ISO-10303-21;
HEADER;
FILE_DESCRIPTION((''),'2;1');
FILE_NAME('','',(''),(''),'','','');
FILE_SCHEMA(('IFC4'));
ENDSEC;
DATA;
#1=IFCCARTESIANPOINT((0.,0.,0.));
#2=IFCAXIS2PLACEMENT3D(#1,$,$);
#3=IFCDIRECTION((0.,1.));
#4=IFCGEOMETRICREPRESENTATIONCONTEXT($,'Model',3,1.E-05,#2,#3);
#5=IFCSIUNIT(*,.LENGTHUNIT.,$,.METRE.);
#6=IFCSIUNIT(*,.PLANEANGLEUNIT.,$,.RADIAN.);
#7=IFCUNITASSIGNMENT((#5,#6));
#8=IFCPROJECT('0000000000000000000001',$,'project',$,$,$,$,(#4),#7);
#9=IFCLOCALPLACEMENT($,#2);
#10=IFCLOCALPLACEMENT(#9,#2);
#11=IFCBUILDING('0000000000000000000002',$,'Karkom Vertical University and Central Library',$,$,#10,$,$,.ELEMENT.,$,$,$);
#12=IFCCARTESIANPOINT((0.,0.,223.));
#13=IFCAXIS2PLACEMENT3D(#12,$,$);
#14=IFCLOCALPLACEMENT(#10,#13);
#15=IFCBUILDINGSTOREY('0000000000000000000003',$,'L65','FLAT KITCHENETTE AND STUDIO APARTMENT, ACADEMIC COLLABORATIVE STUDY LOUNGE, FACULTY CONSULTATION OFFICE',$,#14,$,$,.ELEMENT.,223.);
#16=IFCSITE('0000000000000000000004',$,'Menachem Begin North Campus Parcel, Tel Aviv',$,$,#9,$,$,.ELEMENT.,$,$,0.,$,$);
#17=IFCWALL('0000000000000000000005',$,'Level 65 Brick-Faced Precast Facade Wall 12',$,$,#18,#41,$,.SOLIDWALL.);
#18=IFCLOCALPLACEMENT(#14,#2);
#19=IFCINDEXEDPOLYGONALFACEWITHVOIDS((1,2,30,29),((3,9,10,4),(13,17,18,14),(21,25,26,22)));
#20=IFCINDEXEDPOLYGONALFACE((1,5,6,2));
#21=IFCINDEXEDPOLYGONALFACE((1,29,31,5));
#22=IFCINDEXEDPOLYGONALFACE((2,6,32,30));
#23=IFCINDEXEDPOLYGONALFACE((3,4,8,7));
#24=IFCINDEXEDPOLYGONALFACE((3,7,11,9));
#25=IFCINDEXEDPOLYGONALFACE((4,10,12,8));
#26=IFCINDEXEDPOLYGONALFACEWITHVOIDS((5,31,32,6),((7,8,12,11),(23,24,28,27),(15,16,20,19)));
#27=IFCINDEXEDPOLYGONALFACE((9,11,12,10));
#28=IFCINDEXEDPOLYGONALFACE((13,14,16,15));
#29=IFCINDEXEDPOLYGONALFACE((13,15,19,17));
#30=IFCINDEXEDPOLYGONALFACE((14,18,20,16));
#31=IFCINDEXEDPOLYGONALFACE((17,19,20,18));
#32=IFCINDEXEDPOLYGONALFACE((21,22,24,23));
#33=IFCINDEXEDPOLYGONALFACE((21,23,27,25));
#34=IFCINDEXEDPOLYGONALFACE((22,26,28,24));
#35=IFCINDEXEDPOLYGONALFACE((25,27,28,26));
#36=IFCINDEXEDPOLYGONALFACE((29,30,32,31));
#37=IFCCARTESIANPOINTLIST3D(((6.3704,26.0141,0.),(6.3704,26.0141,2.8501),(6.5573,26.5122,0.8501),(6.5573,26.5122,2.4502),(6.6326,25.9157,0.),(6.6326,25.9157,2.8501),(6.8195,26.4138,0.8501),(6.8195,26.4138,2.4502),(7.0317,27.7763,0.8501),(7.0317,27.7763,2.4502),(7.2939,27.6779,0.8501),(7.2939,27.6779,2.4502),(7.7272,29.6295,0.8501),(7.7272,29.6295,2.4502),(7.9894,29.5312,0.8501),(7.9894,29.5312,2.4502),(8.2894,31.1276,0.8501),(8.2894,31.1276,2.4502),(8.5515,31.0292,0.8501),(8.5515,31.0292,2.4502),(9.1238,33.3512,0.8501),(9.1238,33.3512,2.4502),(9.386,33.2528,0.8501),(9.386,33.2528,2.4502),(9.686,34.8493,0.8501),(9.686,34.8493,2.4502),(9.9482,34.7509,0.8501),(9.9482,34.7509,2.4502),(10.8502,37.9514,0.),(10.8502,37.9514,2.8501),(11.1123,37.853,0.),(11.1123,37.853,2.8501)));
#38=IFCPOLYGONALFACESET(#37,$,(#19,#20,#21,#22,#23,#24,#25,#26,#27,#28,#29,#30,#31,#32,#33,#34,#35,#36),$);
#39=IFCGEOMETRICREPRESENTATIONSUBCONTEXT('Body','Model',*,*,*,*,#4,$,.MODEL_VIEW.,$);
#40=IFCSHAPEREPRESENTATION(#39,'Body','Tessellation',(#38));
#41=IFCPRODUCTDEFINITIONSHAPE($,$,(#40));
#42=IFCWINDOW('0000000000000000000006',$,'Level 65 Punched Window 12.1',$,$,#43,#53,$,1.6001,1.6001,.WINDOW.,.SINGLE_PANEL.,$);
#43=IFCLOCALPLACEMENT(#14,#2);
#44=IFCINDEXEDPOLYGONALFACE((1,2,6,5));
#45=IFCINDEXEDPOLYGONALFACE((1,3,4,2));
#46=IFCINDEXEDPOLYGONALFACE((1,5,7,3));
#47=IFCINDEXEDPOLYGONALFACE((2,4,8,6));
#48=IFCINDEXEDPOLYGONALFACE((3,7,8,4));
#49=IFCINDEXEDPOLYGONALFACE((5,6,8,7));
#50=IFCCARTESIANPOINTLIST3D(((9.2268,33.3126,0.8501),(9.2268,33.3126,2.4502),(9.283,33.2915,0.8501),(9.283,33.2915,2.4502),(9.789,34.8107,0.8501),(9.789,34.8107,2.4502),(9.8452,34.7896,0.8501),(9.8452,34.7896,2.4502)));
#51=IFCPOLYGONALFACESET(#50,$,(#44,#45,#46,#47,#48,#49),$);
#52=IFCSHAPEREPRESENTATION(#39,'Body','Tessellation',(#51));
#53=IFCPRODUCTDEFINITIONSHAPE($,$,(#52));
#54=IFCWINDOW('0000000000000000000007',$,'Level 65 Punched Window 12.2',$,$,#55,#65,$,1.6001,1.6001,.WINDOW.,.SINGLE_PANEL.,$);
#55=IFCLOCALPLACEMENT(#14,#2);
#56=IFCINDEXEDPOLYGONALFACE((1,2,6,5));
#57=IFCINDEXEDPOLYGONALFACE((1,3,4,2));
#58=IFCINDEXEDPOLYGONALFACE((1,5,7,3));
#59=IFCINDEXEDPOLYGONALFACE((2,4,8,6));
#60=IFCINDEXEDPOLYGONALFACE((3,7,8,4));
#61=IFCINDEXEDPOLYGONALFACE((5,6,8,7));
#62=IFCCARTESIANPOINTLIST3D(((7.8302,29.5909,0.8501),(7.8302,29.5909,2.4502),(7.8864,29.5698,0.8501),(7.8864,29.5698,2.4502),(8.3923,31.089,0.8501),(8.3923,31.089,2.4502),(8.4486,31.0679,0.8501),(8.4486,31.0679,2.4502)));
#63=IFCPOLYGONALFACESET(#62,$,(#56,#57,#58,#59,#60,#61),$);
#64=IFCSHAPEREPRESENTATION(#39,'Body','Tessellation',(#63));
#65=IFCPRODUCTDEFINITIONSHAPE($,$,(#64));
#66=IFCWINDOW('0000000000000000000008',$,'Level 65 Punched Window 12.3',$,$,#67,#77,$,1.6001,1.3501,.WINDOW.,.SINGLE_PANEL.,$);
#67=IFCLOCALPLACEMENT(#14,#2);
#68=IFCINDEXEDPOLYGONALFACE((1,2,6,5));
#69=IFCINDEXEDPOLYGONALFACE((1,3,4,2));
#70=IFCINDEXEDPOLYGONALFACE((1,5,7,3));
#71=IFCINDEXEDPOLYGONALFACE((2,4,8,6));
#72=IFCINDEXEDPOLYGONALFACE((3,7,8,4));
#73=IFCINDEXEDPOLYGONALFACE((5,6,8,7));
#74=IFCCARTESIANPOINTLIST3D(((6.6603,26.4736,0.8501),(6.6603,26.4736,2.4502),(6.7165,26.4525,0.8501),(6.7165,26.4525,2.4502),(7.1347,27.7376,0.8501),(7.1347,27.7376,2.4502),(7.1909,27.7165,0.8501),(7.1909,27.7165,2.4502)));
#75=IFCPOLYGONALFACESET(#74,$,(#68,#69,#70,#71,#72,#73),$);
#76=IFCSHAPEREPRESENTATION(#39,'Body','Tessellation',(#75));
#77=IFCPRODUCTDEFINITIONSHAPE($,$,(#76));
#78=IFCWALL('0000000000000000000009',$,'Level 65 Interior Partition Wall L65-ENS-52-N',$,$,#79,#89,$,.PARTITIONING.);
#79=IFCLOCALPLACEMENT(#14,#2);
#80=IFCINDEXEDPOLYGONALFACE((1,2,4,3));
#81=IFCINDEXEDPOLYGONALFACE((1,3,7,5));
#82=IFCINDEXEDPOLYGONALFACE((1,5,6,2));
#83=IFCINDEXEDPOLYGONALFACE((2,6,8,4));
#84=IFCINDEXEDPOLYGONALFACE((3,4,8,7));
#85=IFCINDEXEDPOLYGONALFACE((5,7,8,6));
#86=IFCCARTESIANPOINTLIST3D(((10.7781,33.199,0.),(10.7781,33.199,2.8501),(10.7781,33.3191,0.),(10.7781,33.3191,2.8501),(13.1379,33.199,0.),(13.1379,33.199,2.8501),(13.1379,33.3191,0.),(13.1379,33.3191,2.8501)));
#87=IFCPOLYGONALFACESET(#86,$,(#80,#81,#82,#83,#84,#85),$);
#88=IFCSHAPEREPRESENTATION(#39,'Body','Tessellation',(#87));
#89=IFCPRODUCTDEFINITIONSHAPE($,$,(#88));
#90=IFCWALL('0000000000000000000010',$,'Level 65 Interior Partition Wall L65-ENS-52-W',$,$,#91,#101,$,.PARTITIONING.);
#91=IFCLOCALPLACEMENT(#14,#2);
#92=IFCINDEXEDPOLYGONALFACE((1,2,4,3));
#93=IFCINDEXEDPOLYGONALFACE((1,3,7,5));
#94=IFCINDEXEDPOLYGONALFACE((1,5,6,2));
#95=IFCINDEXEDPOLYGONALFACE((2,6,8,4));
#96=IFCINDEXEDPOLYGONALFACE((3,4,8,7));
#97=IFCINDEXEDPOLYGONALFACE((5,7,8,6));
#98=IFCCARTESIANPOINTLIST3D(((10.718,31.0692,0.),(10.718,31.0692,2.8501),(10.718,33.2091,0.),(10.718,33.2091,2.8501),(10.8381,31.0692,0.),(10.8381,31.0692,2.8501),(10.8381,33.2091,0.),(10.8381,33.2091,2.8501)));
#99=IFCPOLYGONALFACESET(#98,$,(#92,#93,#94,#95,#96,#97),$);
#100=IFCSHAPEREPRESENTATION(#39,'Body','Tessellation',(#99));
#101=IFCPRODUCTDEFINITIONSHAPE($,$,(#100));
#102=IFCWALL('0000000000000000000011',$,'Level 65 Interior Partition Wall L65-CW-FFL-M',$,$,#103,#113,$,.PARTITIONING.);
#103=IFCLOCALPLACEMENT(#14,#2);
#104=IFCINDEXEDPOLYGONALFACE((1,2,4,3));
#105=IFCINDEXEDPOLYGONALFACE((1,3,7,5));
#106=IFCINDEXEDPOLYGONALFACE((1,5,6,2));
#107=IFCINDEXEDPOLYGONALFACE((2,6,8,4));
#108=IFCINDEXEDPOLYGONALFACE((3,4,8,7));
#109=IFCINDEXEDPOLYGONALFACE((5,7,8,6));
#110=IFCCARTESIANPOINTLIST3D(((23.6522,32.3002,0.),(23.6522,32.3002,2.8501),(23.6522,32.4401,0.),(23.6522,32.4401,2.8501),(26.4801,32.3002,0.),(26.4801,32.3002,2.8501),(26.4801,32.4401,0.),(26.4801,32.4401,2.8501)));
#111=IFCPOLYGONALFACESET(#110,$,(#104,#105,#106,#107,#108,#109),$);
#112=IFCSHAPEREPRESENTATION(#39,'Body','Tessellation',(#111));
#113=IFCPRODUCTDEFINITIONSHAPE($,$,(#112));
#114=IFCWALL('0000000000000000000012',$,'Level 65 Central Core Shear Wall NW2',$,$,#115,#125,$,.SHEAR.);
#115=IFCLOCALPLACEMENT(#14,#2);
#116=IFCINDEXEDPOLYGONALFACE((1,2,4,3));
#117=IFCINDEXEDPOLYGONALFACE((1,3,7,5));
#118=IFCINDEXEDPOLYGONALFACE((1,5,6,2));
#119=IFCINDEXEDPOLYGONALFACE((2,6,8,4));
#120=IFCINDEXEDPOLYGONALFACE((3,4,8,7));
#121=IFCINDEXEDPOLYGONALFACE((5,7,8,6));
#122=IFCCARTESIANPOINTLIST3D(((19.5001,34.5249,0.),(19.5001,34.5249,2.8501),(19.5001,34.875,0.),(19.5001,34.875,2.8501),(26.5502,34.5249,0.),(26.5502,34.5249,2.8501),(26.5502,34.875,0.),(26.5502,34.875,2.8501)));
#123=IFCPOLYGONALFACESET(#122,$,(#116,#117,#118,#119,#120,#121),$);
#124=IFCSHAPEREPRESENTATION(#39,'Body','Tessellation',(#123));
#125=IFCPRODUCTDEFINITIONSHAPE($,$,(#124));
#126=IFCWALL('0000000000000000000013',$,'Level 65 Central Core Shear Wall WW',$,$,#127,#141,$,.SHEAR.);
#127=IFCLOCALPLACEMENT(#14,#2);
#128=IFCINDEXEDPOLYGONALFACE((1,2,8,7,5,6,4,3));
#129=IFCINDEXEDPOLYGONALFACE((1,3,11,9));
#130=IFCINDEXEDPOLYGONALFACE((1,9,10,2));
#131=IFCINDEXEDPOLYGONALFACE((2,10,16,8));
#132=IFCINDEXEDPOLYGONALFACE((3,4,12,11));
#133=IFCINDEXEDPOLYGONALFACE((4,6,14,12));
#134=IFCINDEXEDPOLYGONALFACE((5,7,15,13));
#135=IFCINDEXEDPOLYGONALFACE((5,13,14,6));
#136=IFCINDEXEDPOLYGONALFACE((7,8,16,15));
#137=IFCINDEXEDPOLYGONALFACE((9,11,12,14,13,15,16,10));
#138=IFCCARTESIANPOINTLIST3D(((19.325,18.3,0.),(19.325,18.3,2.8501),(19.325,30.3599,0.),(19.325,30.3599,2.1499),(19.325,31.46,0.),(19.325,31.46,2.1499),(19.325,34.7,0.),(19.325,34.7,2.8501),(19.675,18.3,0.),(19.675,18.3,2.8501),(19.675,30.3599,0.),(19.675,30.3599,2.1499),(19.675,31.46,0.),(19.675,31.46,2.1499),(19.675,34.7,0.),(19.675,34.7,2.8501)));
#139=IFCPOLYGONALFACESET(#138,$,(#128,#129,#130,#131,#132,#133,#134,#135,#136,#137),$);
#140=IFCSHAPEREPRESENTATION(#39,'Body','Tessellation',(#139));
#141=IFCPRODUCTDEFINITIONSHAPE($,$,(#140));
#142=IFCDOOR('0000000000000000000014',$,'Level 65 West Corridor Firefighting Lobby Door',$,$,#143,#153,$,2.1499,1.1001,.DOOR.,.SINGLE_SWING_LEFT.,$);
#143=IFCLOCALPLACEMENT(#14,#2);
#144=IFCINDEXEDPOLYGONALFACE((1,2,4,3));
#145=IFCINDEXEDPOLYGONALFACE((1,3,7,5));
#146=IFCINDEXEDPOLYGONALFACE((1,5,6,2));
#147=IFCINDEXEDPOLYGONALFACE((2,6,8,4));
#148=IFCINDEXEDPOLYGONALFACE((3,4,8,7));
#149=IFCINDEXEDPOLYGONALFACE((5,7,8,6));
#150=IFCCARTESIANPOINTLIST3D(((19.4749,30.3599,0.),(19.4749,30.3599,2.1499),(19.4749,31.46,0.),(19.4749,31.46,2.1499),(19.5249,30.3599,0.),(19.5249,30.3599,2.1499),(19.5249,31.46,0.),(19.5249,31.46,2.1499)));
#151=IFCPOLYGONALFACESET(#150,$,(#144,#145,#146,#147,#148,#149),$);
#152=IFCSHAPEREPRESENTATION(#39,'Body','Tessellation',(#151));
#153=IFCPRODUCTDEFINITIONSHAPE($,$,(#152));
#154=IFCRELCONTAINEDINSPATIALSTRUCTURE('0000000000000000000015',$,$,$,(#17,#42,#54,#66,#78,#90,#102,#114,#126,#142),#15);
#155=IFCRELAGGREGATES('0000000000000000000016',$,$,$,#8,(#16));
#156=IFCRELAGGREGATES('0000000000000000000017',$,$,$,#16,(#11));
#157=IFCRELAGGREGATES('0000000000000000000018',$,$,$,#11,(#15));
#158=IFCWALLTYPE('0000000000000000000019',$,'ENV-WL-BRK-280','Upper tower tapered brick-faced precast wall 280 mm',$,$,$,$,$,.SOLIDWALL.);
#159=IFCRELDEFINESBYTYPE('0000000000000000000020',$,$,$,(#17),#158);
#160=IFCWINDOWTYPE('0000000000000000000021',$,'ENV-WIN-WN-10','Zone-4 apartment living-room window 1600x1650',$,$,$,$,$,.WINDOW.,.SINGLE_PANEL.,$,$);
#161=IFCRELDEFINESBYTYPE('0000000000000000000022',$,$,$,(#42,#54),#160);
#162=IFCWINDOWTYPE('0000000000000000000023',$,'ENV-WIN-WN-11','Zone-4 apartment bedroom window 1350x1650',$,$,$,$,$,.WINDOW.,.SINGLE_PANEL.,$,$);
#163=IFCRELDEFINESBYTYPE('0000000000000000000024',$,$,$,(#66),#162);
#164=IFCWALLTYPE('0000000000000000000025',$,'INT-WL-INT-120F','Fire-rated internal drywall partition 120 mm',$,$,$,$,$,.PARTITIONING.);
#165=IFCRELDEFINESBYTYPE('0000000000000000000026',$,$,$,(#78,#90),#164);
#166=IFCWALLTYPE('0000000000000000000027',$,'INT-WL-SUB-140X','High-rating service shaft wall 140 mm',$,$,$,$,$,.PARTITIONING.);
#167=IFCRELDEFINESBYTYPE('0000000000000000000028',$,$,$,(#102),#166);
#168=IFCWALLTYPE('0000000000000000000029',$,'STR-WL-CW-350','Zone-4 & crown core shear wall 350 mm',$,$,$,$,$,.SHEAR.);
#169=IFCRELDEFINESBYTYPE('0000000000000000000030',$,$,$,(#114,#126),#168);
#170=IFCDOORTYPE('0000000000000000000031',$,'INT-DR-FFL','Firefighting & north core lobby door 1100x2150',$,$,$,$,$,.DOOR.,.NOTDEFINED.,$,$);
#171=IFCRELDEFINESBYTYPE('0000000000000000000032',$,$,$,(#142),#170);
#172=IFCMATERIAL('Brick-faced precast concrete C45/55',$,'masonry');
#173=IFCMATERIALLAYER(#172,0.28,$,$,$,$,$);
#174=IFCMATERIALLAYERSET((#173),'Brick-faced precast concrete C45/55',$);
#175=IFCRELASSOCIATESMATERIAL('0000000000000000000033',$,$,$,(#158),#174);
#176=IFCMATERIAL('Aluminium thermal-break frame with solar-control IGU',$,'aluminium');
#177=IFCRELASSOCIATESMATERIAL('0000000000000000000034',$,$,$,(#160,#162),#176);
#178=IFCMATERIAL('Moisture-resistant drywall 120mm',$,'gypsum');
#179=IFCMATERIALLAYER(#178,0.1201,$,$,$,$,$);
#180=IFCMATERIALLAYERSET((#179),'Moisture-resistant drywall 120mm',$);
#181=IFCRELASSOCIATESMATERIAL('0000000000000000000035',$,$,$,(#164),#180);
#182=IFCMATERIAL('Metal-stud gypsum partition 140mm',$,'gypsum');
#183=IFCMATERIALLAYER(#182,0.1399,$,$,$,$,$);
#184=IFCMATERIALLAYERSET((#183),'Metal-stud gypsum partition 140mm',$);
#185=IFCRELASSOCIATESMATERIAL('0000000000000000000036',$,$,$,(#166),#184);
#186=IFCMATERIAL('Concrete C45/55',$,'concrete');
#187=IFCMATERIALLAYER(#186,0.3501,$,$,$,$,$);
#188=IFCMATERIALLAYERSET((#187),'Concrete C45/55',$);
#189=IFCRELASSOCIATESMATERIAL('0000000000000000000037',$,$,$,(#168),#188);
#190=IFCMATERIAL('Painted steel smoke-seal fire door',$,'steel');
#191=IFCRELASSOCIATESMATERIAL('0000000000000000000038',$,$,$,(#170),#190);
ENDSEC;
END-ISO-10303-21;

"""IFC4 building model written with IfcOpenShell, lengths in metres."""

from ifc_helpers import new_model, si_unit, direction, frame, frame_2d, origin, origin_with_axes, place, context, subcontext, project, spatial, rectangle, extrude, source, transform, mapped, material, layer, layer_set, type_object, element, fill, save


model = new_model("IFC4")

# Units and contexts
model_context = context("Model", 3, precision=1e-05, world=origin(), true_north=direction((0.0, 1.0)))
body_context = subcontext(model_context, "Body", "Model", "MODEL_VIEW")
ifc_project = project(units=[si_unit("LENGTHUNIT", "METRE"), si_unit("PLANEANGLEUNIT", "RADIAN")], contexts=[model_context])

# Site, building, storey
site_placement = place(None, origin())
site = spatial("IfcSite", under=ifc_project, at=site_placement, Name="Menachem Begin North Campus Parcel, Tel Aviv", CompositionType="ELEMENT", RefElevation=0.0)
building_placement = place(site_placement, origin())
building = spatial("IfcBuilding", under=site, at=building_placement, Name="Karkom Vertical University and Central Library", CompositionType="ELEMENT")
storey_placement = place(building_placement, frame((0.0, 0.0, 223.0)))
storey = spatial("IfcBuildingStorey", under=building, at=storey_placement, Name="L65", Description="FLAT KITCHENETTE AND STUDIO APARTMENT, ACADEMIC COLLABORATIVE STUDY LOUNGE, FACULTY CONSULTATION OFFICE", CompositionType="ELEMENT", Elevation=223.0)

# Shared definitions
ifc_material_1 = material(Name="Concrete C45/55", Category="concrete")

# Wall, openings, windows
ifc_material_2 = material(Name="Brick-faced precast concrete C45/55", Category="masonry")
ifc_layer_1 = layer(ifc_material_2, 0.28)
ifc_layer_set_1 = layer_set([ifc_layer_1], Name="Brick-faced precast concrete C45/55")
wall_type_1 = type_object("IfcWallType", Name="ENV-WL-BRK-280", Description="Upper tower tapered brick-faced precast wall 280 mm", PredefinedType="SOLIDWALL", material=ifc_layer_set_1)
ifc_material_3 = material(Name="Aluminium thermal-break frame with solar-control IGU", Category="aluminium")
window_type_1 = type_object("IfcWindowType", Name="ENV-WIN-WN-10", Description="Zone-4 apartment living-room window 1600x1650", PartitioningType="SINGLE_PANEL", PredefinedType="WINDOW", material=ifc_material_3)
shared_shape_1 = source(origin_with_axes(), body_context, "Body", "SweptSolid", [
    extrude(rectangle(XDim=1.6001, YDim=1.6001, at=frame_2d((0.8, 0.8))), frame((0.0, 0.03, 0.0), z_axis=(0.0, -1.0, 0.0), x_axis=(1.0, 0.0, 0.0)), (0.0, 0.0, 1.0), 0.0601),
])
wall_1_placement = place(storey_placement, frame((10.9812, 37.9021, 0.0), z_axis=(0.0, 0.0, 1.0), x_axis=(-0.351348, -0.936245, 0.0)))
wall_1 = element("IfcWall", 1, at=wall_1_placement, inside=storey, type_object=wall_type_1, Name="Level 65 Brick-Faced Precast Facade Wall 12", PredefinedType="SOLIDWALL", context=body_context, shape_type="SweptSolid", body=[
    extrude(rectangle(XDim=12.7502, YDim=0.28, at=frame_2d((6.375, 0.0))), origin(), (0.0, 0.0, 1.0), 2.8501),
])
opening_1_placement = place(wall_1_placement, frame((3.3132, 0.0, 0.8501)))
opening_1 = element("IfcOpeningElement", 2, at=opening_1_placement, cuts=wall_1, PredefinedType="OPENING", context=body_context, shape_type="SweptSolid", body=[
    extrude(rectangle(XDim=1.6001, YDim=1.6001, at=frame_2d((0.8, 0.8))), frame((0.0, 0.1499, 0.0), z_axis=(0.0, -1.0, 0.0), x_axis=(1.0, 0.0, 0.0)), (0.0, 0.0, 1.0), 0.3),
])
opening_2_placement = place(wall_1_placement, frame((7.2883, 0.0, 0.8501)))
opening_2 = element("IfcOpeningElement", 3, at=opening_2_placement, cuts=wall_1, PredefinedType="OPENING", context=body_context, shape_type="SweptSolid", body=[
    extrude(rectangle(XDim=1.6001, YDim=1.6001, at=frame_2d((0.8, 0.8))), frame((0.0, 0.1499, 0.0), z_axis=(0.0, -1.0, 0.0), x_axis=(1.0, 0.0, 0.0)), (0.0, 0.0, 1.0), 0.3),
])
opening_3_placement = place(wall_1_placement, frame((10.8679, 0.0, 0.8501)))
opening_3 = element("IfcOpeningElement", 4, at=opening_3_placement, cuts=wall_1, PredefinedType="OPENING", context=body_context, shape_type="SweptSolid", body=[
    extrude(rectangle(XDim=1.3501, YDim=1.6001, at=frame_2d((0.675, 0.8))), frame((0.0, 0.1499, 0.0), z_axis=(0.0, -1.0, 0.0), x_axis=(1.0, 0.0, 0.0)), (0.0, 0.0, 1.0), 0.3),
])
window_1_placement = place(opening_1_placement, origin())
window_1 = element("IfcWindow", 5, at=window_1_placement, inside=storey, type_object=window_type_1, Name="Level 65 Punched Window 12.1", OverallHeight=1.6001, OverallWidth=1.6001, PartitioningType="SINGLE_PANEL", PredefinedType="WINDOW", context=body_context, shape_type="MappedRepresentation", body=[
    mapped(shared_shape_1, transform((0.0, 0.0, 0.0), scale=1.0)),
])
fill(opening_1, window_1)
window_2_placement = place(opening_2_placement, origin())
window_2 = element("IfcWindow", 6, at=window_2_placement, inside=storey, type_object=window_type_1, Name="Level 65 Punched Window 12.2", OverallHeight=1.6001, OverallWidth=1.6001, PartitioningType="SINGLE_PANEL", PredefinedType="WINDOW", context=body_context, shape_type="MappedRepresentation", body=[
    mapped(shared_shape_1, transform((0.0, 0.0, 0.0), scale=1.0)),
])
fill(opening_2, window_2)
window_type_2 = type_object("IfcWindowType", Name="ENV-WIN-WN-11", Description="Zone-4 apartment bedroom window 1350x1650", PartitioningType="SINGLE_PANEL", PredefinedType="WINDOW", material=ifc_material_3)
shared_shape_2 = source(origin_with_axes(), body_context, "Body", "SweptSolid", [
    extrude(rectangle(XDim=1.3501, YDim=1.6001, at=frame_2d((0.675, 0.8))), frame((0.0, 0.03, 0.0), z_axis=(0.0, -1.0, 0.0), x_axis=(1.0, 0.0, 0.0)), (0.0, 0.0, 1.0), 0.0601),
])
window_3_placement = place(opening_3_placement, origin())
window_3 = element("IfcWindow", 7, at=window_3_placement, inside=storey, type_object=window_type_2, Name="Level 65 Punched Window 12.3", OverallHeight=1.6001, OverallWidth=1.3501, PartitioningType="SINGLE_PANEL", PredefinedType="WINDOW", context=body_context, shape_type="MappedRepresentation", body=[
    mapped(shared_shape_2, transform((0.0, 0.0, 0.0), scale=1.0)),
])
fill(opening_3, window_3)

# Walls
ifc_material_4 = material(Name="Moisture-resistant drywall 120mm", Category="gypsum")
ifc_layer_2 = layer(ifc_material_4, 0.1201)
ifc_layer_set_2 = layer_set([ifc_layer_2], Name="Moisture-resistant drywall 120mm")
wall_type_2 = type_object("IfcWallType", Name="INT-WL-INT-120F", Description="Fire-rated internal drywall partition 120 mm", PredefinedType="PARTITIONING", material=ifc_layer_set_2)
wall_2_placement = place(storey_placement, frame((13.1379, 33.259, 0.0), z_axis=(0.0, 0.0, 1.0), x_axis=(-1.0, 0.0, 0.0)))
element("IfcWall", 8, at=wall_2_placement, inside=storey, type_object=wall_type_2, Name="Level 65 Interior Partition Wall L65-ENS-52-N", PredefinedType="PARTITIONING", context=body_context, shape_type="SweptSolid", body=[
    extrude(rectangle(XDim=2.3599, YDim=0.1201, at=frame_2d((1.1799, 0.0))), origin(), (0.0, 0.0, 1.0), 2.8501),
])
wall_3_placement = place(storey_placement, frame((10.7781, 33.209, 0.0), z_axis=(0.0, 0.0, 1.0), x_axis=(0.0, -1.0, 0.0)))
element("IfcWall", 9, at=wall_3_placement, inside=storey, type_object=wall_type_2, Name="Level 65 Interior Partition Wall L65-ENS-52-W", PredefinedType="PARTITIONING", context=body_context, shape_type="SweptSolid", body=[
    extrude(rectangle(XDim=2.1399, YDim=0.1201, at=frame_2d((1.0698, 0.0))), origin(), (0.0, 0.0, 1.0), 2.8501),
])
ifc_material_5 = material(Name="Metal-stud gypsum partition 140mm", Category="gypsum")
ifc_layer_3 = layer(ifc_material_5, 0.1399)
ifc_layer_set_3 = layer_set([ifc_layer_3], Name="Metal-stud gypsum partition 140mm")
wall_type_3 = type_object("IfcWallType", Name="INT-WL-SUB-140X", Description="High-rating service shaft wall 140 mm", PredefinedType="PARTITIONING", material=ifc_layer_set_3)
wall_4_placement = place(storey_placement, frame((23.6521, 32.3701, 0.0), z_axis=(0.0, 0.0, 1.0), x_axis=(1.0, 0.0, 0.0)))
element("IfcWall", 10, at=wall_4_placement, inside=storey, type_object=wall_type_3, Name="Level 65 Interior Partition Wall L65-CW-FFL-M", PredefinedType="PARTITIONING", context=body_context, shape_type="SweptSolid", body=[
    extrude(rectangle(XDim=2.8279, YDim=0.1399, at=frame_2d((1.4141, 0.0))), origin(), (0.0, 0.0, 1.0), 2.8501),
])
ifc_layer_4 = layer(ifc_material_1, 0.3501)
ifc_layer_set_4 = layer_set([ifc_layer_4], Name="Concrete C45/55")
wall_type_4 = type_object("IfcWallType", Name="STR-WL-CW-350", Description="Zone-4 & crown core shear wall 350 mm", PredefinedType="SHEAR", material=ifc_layer_set_4)
wall_5_placement = place(storey_placement, frame((26.55, 34.7, 0.0), z_axis=(0.0, 0.0, 1.0), x_axis=(-1.0, 0.0, 0.0)))
element("IfcWall", 11, at=wall_5_placement, inside=storey, type_object=wall_type_4, Name="Level 65 Central Core Shear Wall NW2", PredefinedType="SHEAR", context=body_context, shape_type="SweptSolid", body=[
    extrude(rectangle(XDim=7.05, YDim=0.3501, at=frame_2d((3.5249, 0.0))), origin(), (0.0, 0.0, 1.0), 2.8501),
])

# Wall, opening, door
wall_6_placement = place(storey_placement, frame((19.5, 34.7, 0.0), z_axis=(0.0, 0.0, 1.0), x_axis=(0.0, -1.0, 0.0)))
wall_6 = element("IfcWall", 12, at=wall_6_placement, inside=storey, type_object=wall_type_4, Name="Level 65 Central Core Shear Wall WW", PredefinedType="SHEAR", context=body_context, shape_type="SweptSolid", body=[
    extrude(rectangle(XDim=16.3999, YDim=0.3501, at=frame_2d((8.2, 0.0))), origin(), (0.0, 0.0, 1.0), 2.8501),
])
opening_4_placement = place(wall_6_placement, frame((3.24, 0.0, 0.0)))
opening_4 = element("IfcOpeningElement", 13, at=opening_4_placement, cuts=wall_6, PredefinedType="OPENING", context=body_context, shape_type="SweptSolid", body=[
    extrude(rectangle(XDim=1.1001, YDim=2.1499, at=frame_2d((0.55, 1.075))), frame((0.0, 0.1851, 0.0), z_axis=(0.0, -1.0, 0.0), x_axis=(1.0, 0.0, 0.0)), (0.0, 0.0, 1.0), 0.3701),
])
ifc_material_6 = material(Name="Painted steel smoke-seal fire door", Category="steel")
door_type = type_object("IfcDoorType", Name="INT-DR-FFL", Description="Firefighting & north core lobby door 1100x2150", OperationType="NOTDEFINED", PredefinedType="DOOR", material=ifc_material_6)
shared_shape_3 = source(origin_with_axes(), body_context, "Body", "SweptSolid", [
    extrude(rectangle(XDim=1.1001, YDim=2.1499, at=frame_2d((0.55, 1.075))), frame((0.0, 0.0249, 0.0), z_axis=(0.0, -1.0, 0.0), x_axis=(1.0, 0.0, 0.0)), (0.0, 0.0, 1.0), 0.05),
])
door_placement = place(opening_4_placement, origin())
door = element("IfcDoor", 14, at=door_placement, inside=storey, type_object=door_type, Name="Level 65 West Corridor Firefighting Lobby Door", OperationType="SINGLE_SWING_LEFT", OverallHeight=2.1499, OverallWidth=1.1001, PredefinedType="DOOR", context=body_context, shape_type="MappedRepresentation", body=[
    mapped(shared_shape_3, transform((0.0, 0.0, 0.0), scale=1.0)),
])
fill(opening_4, door)

save(model, "model.ifc")
